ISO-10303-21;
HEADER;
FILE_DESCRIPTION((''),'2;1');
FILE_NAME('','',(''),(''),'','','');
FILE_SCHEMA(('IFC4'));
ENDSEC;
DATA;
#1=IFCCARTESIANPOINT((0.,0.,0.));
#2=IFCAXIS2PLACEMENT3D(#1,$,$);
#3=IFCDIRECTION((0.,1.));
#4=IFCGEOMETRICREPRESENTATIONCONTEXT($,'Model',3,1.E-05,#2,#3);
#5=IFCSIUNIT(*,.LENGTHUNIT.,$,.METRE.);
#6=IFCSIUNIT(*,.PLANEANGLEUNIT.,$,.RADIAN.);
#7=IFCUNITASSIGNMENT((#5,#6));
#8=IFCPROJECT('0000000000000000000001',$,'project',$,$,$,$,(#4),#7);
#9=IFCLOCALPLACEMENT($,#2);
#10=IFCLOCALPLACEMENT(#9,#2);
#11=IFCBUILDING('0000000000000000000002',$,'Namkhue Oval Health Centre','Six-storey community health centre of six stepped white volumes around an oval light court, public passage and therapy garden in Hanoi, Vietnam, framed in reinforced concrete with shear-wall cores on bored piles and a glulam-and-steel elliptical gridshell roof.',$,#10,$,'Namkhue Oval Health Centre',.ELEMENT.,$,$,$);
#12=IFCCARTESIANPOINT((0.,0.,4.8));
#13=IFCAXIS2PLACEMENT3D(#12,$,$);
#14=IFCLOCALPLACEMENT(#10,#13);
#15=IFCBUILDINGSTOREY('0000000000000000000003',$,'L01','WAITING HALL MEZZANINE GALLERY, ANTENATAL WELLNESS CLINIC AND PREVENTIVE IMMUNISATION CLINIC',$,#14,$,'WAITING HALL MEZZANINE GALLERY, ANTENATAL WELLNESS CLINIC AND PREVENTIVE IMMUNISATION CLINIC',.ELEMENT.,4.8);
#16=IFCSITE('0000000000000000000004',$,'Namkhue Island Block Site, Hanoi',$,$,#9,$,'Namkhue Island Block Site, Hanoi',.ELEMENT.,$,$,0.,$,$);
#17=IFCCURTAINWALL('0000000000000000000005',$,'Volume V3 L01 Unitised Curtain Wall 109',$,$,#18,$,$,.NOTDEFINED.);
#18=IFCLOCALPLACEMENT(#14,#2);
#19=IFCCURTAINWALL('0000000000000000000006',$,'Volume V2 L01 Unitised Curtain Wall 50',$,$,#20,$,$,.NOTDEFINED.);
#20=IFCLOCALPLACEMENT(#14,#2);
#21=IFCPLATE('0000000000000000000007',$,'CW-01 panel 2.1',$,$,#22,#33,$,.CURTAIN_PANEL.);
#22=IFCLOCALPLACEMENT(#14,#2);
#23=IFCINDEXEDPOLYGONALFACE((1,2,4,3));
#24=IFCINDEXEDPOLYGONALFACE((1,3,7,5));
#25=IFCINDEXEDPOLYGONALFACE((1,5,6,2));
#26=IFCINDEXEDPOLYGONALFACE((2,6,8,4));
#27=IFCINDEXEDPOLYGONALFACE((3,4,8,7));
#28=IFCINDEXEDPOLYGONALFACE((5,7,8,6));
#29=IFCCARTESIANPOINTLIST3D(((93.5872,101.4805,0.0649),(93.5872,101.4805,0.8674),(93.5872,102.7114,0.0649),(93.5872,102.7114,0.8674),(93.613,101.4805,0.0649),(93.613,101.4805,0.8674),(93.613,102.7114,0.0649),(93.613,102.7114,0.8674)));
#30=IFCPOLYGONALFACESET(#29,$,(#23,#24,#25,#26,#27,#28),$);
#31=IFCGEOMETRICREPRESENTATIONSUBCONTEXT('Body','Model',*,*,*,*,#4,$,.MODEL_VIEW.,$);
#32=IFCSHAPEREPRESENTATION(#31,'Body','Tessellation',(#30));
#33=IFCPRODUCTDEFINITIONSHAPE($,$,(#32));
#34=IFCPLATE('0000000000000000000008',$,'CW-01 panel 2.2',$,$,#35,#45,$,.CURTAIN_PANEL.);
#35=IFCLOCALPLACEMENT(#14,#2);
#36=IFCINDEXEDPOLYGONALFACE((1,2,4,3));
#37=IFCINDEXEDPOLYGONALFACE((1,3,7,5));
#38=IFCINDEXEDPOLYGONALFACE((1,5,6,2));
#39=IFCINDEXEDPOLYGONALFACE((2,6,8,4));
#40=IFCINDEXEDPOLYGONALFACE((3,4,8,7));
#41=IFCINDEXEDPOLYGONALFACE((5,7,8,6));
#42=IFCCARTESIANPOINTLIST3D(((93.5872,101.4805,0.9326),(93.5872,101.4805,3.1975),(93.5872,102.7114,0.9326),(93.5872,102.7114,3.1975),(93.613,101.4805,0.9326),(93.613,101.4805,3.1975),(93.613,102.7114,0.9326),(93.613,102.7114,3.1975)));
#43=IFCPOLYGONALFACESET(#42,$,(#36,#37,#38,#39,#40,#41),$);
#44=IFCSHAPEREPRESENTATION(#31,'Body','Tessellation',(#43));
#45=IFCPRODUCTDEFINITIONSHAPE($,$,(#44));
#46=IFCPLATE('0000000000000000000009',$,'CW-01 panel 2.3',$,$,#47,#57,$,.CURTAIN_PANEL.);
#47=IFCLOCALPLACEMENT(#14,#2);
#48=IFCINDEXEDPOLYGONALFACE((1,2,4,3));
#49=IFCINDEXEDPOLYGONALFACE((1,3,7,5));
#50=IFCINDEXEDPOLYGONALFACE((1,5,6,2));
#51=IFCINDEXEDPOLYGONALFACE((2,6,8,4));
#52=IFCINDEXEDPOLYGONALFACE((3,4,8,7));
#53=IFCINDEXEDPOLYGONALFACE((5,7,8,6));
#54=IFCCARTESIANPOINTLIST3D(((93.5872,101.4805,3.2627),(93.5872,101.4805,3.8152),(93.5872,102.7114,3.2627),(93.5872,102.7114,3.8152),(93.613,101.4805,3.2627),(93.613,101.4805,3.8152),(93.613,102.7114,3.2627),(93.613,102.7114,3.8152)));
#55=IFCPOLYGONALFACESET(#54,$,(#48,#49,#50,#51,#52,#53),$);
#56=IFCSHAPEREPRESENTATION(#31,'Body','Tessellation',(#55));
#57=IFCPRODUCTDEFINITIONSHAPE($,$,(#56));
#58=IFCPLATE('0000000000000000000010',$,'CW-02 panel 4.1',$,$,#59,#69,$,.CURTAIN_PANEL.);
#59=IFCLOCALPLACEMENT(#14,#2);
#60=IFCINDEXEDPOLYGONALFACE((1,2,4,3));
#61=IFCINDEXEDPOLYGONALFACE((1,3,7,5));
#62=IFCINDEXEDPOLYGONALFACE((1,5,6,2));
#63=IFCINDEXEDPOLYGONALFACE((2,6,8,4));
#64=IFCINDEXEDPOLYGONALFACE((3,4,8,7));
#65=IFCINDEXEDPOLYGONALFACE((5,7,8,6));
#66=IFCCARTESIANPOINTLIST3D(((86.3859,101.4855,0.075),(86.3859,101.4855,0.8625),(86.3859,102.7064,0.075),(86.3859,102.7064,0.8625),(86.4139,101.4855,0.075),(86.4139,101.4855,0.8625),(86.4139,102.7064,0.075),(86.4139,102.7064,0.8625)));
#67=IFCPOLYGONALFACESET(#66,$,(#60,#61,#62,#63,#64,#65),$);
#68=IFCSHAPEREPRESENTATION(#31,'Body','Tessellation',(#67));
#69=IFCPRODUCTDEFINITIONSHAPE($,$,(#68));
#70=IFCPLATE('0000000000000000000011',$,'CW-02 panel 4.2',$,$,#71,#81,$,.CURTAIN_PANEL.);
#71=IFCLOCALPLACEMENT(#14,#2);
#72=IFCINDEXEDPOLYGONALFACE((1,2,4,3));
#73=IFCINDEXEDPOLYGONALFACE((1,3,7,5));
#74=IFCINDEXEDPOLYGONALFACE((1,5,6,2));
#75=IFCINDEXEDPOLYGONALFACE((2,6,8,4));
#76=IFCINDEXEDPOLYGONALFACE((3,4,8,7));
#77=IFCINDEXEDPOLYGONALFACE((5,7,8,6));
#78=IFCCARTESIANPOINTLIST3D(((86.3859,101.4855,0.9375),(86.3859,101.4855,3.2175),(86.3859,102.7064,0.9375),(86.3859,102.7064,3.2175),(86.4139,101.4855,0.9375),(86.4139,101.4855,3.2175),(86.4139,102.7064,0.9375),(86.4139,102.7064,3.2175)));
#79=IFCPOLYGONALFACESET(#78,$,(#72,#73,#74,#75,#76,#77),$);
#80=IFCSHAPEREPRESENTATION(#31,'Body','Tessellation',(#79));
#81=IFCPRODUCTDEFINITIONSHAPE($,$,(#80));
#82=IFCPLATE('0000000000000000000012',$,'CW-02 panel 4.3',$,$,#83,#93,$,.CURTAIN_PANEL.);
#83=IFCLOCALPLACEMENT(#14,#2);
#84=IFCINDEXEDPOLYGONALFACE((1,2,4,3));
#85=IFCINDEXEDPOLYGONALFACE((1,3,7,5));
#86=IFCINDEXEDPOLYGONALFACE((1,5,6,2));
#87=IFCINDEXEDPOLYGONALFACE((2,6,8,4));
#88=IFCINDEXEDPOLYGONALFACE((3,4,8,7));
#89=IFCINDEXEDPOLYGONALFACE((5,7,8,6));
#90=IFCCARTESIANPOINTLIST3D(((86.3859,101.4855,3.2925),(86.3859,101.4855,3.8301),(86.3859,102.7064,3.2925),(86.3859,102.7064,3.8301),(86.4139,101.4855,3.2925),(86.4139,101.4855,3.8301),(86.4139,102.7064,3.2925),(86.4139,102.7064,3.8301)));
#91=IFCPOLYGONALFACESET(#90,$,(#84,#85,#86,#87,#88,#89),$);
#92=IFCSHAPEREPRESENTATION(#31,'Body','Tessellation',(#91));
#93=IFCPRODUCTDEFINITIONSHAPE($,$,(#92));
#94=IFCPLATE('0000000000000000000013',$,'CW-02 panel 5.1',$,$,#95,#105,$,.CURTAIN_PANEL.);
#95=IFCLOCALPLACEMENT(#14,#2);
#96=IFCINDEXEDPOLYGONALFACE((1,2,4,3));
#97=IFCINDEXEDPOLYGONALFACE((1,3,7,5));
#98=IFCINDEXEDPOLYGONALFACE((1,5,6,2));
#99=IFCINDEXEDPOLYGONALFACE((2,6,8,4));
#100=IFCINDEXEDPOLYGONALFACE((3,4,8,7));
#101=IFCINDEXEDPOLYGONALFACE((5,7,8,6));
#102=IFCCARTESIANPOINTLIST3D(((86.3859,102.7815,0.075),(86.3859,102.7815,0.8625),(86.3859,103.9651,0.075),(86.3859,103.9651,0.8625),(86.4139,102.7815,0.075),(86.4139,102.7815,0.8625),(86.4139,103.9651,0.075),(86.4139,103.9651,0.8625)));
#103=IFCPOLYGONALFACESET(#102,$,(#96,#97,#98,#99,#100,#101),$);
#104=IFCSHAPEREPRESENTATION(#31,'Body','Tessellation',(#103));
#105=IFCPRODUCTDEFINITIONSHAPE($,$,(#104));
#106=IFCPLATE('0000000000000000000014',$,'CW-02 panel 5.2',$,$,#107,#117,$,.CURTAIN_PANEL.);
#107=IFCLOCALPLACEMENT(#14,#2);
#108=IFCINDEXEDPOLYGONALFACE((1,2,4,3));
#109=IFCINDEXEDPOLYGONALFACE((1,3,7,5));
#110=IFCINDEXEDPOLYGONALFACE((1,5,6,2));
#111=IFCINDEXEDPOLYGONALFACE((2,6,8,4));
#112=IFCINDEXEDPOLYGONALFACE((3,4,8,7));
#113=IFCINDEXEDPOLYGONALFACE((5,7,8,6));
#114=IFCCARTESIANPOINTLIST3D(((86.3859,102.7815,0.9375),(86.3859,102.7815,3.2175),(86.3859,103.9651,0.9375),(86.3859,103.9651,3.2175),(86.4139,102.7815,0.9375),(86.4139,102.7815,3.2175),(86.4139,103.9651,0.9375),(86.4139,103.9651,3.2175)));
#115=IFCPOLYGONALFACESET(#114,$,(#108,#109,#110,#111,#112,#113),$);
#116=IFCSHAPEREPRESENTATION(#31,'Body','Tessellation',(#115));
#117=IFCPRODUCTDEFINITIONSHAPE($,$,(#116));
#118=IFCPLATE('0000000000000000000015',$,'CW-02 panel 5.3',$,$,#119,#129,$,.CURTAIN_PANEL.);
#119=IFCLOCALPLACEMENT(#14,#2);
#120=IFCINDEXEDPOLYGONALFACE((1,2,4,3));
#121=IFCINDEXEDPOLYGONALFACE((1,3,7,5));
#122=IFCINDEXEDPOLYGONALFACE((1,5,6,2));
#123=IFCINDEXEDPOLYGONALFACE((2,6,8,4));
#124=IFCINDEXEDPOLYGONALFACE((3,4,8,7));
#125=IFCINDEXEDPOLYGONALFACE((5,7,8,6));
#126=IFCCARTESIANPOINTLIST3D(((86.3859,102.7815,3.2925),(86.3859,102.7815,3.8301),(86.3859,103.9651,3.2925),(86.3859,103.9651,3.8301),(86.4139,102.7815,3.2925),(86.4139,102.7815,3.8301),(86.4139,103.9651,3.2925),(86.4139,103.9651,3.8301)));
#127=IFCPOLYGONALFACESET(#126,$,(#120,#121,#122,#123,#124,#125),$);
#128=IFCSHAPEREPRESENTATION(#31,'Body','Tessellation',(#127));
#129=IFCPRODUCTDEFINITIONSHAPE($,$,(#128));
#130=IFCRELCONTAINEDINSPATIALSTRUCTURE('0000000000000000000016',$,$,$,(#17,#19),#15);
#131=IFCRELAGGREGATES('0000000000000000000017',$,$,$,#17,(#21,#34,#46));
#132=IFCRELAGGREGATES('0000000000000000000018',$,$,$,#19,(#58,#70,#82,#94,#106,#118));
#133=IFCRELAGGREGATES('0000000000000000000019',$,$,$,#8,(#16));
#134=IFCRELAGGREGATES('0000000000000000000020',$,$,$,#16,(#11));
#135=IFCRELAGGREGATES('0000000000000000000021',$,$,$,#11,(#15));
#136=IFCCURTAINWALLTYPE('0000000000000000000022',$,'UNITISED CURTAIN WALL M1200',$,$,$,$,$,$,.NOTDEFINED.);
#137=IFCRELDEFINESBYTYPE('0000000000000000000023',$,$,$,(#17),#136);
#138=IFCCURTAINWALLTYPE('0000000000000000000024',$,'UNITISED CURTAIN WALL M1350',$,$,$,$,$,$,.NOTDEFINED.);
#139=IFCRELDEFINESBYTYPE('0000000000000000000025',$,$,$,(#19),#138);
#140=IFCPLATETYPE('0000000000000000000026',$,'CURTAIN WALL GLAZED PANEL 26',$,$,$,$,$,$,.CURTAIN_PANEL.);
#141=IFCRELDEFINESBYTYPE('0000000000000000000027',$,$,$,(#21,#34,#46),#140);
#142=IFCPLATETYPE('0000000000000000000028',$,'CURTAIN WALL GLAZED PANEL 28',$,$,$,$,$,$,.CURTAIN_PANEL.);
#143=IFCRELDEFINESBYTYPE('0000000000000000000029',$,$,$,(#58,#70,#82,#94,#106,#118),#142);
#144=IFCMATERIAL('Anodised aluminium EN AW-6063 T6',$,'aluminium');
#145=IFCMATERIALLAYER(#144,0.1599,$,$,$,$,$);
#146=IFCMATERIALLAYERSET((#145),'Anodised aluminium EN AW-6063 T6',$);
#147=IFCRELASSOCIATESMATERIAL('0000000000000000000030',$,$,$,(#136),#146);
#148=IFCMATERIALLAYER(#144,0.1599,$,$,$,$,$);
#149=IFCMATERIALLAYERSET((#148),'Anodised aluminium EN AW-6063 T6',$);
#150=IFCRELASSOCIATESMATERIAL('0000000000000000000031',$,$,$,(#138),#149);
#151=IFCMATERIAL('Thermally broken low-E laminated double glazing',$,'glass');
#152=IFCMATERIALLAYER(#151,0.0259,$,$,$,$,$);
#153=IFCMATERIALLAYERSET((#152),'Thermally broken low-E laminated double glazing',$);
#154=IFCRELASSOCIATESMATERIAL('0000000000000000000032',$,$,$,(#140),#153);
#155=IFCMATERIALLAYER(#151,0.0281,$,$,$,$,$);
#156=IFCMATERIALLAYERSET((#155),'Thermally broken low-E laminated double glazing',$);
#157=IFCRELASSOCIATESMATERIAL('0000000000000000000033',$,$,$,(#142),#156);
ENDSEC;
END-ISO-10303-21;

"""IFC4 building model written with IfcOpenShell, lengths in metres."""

from ifc_helpers import new_model, si_unit, direction, frame, origin, origin_2d, place, context, subcontext, project, spatial, rectangle, extrude, material, layer, layer_set, type_object, element, aggregate, save


model = new_model("IFC4")

# Units and contexts
model_context = context("Model", 3, precision=1e-05, world=origin(), true_north=direction((0.0, 1.0)))
body_context = subcontext(model_context, "Body", "Model", "MODEL_VIEW")
ifc_project = project(units=[si_unit("LENGTHUNIT", "METRE"), si_unit("PLANEANGLEUNIT", "RADIAN")], contexts=[model_context])

# Site, building, storey
site_placement = place(None, origin())
site = spatial("IfcSite", under=ifc_project, at=site_placement, Name="Namkhue Island Block Site, Hanoi", LongName="Namkhue Island Block Site, Hanoi", CompositionType="ELEMENT", RefElevation=0.0)
building_placement = place(site_placement, origin())
building = spatial("IfcBuilding", under=site, at=building_placement, Name="Namkhue Oval Health Centre", Description="Six-storey community health centre of six stepped white volumes around an oval light court, public passage and therapy garden in Hanoi, Vietnam, framed in reinforced concrete with shear-wall cores on bored piles and a glulam-and-steel elliptical gridshell roof.", LongName="Namkhue Oval Health Centre", CompositionType="ELEMENT")
storey_placement = place(building_placement, frame((0.0, 0.0, 4.8)))
storey = spatial("IfcBuildingStorey", under=building, at=storey_placement, Name="L01", Description="WAITING HALL MEZZANINE GALLERY, ANTENATAL WELLNESS CLINIC AND PREVENTIVE IMMUNISATION CLINIC", LongName="WAITING HALL MEZZANINE GALLERY, ANTENATAL WELLNESS CLINIC AND PREVENTIVE IMMUNISATION CLINIC", CompositionType="ELEMENT", Elevation=4.8)

# Curtain walls
ifc_material_1 = material(Name="Anodised aluminium EN AW-6063 T6", Category="aluminium")
ifc_layer_1 = layer(ifc_material_1, 0.1599)
ifc_layer_set_1 = layer_set([ifc_layer_1], Name="Anodised aluminium EN AW-6063 T6")
curtain_wall_type_1 = type_object("IfcCurtainWallType", Name="UNITISED CURTAIN WALL M1200", PredefinedType="NOTDEFINED", material=ifc_layer_set_1)
curtain_wall_1_placement = place(storey_placement, origin())
curtain_wall_1 = element("IfcCurtainWall", 1, at=curtain_wall_1_placement, inside=storey, type_object=curtain_wall_type_1, Name="Volume V3 L01 Unitised Curtain Wall 109", PredefinedType="NOTDEFINED")
ifc_layer_2 = layer(ifc_material_1, 0.1599)
ifc_layer_set_2 = layer_set([ifc_layer_2], Name="Anodised aluminium EN AW-6063 T6")
curtain_wall_type_2 = type_object("IfcCurtainWallType", Name="UNITISED CURTAIN WALL M1350", PredefinedType="NOTDEFINED", material=ifc_layer_set_2)
curtain_wall_2_placement = place(storey_placement, origin())
curtain_wall_2 = element("IfcCurtainWall", 2, at=curtain_wall_2_placement, inside=storey, type_object=curtain_wall_type_2, Name="Volume V2 L01 Unitised Curtain Wall 50", PredefinedType="NOTDEFINED")

# Plates
ifc_material_2 = material(Name="Thermally broken low-E laminated double glazing", Category="glass")
ifc_layer_3 = layer(ifc_material_2, 0.0259)
ifc_layer_set_3 = layer_set([ifc_layer_3], Name="Thermally broken low-E laminated double glazing")
plate_type_1 = type_object("IfcPlateType", Name="CURTAIN WALL GLAZED PANEL 26", PredefinedType="CURTAIN_PANEL", material=ifc_layer_set_3)
plate_1_placement = place(storey_placement, frame((93.6001, 102.0959, 0.0649), z_axis=(0.0, 0.0, 1.0), x_axis=(0.0, -1.0, 0.0)))
plate_1 = element("IfcPlate", 3, at=plate_1_placement, type_object=plate_type_1, Name="CW-01 panel 2.1", PredefinedType="CURTAIN_PANEL", context=body_context, shape_type="SweptSolid", body=[
    extrude(rectangle(XDim=1.231, YDim=0.0259, at=origin_2d()), origin(), (0.0, 0.0, 1.0), 0.8025),
])
plate_2_placement = place(storey_placement, frame((93.6001, 102.0959, 0.9326), z_axis=(0.0, 0.0, 1.0), x_axis=(0.0, -1.0, 0.0)))
plate_2 = element("IfcPlate", 4, at=plate_2_placement, type_object=plate_type_1, Name="CW-01 panel 2.2", PredefinedType="CURTAIN_PANEL", context=body_context, shape_type="SweptSolid", body=[
    extrude(rectangle(XDim=1.231, YDim=0.0259, at=origin_2d()), origin(), (0.0, 0.0, 1.0), 2.2649),
])
plate_3_placement = place(storey_placement, frame((93.6001, 102.0959, 3.2627), z_axis=(0.0, 0.0, 1.0), x_axis=(0.0, -1.0, 0.0)))
plate_3 = element("IfcPlate", 5, at=plate_3_placement, type_object=plate_type_1, Name="CW-01 panel 2.3", PredefinedType="CURTAIN_PANEL", context=body_context, shape_type="SweptSolid", body=[
    extrude(rectangle(XDim=1.231, YDim=0.0259, at=origin_2d()), origin(), (0.0, 0.0, 1.0), 0.5525),
])
aggregate(curtain_wall_1, [plate_1, plate_2, plate_3])
ifc_layer_4 = layer(ifc_material_2, 0.0281)
ifc_layer_set_4 = layer_set([ifc_layer_4], Name="Thermally broken low-E laminated double glazing")
plate_type_2 = type_object("IfcPlateType", Name="CURTAIN WALL GLAZED PANEL 28", PredefinedType="CURTAIN_PANEL", material=ifc_layer_set_4)
plate_4_placement = place(storey_placement, frame((86.3999, 102.0959, 0.075), z_axis=(0.0, 0.0, 1.0), x_axis=(0.0, 1.0, 0.0)))
plate_4 = element("IfcPlate", 6, at=plate_4_placement, type_object=plate_type_2, Name="CW-02 panel 4.1", PredefinedType="CURTAIN_PANEL", context=body_context, shape_type="SweptSolid", body=[
    extrude(rectangle(XDim=1.2209, YDim=0.0281, at=origin_2d()), origin(), (0.0, 0.0, 1.0), 0.7876),
])
plate_5_placement = place(storey_placement, frame((86.3999, 102.0959, 0.9375), z_axis=(0.0, 0.0, 1.0), x_axis=(0.0, 1.0, 0.0)))
plate_5 = element("IfcPlate", 7, at=plate_5_placement, type_object=plate_type_2, Name="CW-02 panel 4.2", PredefinedType="CURTAIN_PANEL", context=body_context, shape_type="SweptSolid", body=[
    extrude(rectangle(XDim=1.2209, YDim=0.0281, at=origin_2d()), origin(), (0.0, 0.0, 1.0), 2.28),
])
plate_6_placement = place(storey_placement, frame((86.3999, 102.0959, 3.2925), z_axis=(0.0, 0.0, 1.0), x_axis=(0.0, 1.0, 0.0)))
plate_6 = element("IfcPlate", 8, at=plate_6_placement, type_object=plate_type_2, Name="CW-02 panel 4.3", PredefinedType="CURTAIN_PANEL", context=body_context, shape_type="SweptSolid", body=[
    extrude(rectangle(XDim=1.2209, YDim=0.0281, at=origin_2d()), origin(), (0.0, 0.0, 1.0), 0.5376),
])
plate_7_placement = place(storey_placement, frame((86.3999, 103.3733, 0.075), z_axis=(0.0, 0.0, 1.0), x_axis=(0.0, 1.0, 0.0)))
plate_7 = element("IfcPlate", 9, at=plate_7_placement, type_object=plate_type_2, Name="CW-02 panel 5.1", PredefinedType="CURTAIN_PANEL", context=body_context, shape_type="SweptSolid", body=[
    extrude(rectangle(XDim=1.1836, YDim=0.0281, at=origin_2d()), origin(), (0.0, 0.0, 1.0), 0.7876),
])
plate_8_placement = place(storey_placement, frame((86.3999, 103.3733, 0.9375), z_axis=(0.0, 0.0, 1.0), x_axis=(0.0, 1.0, 0.0)))
plate_8 = element("IfcPlate", 10, at=plate_8_placement, type_object=plate_type_2, Name="CW-02 panel 5.2", PredefinedType="CURTAIN_PANEL", context=body_context, shape_type="SweptSolid", body=[
    extrude(rectangle(XDim=1.1836, YDim=0.0281, at=origin_2d()), origin(), (0.0, 0.0, 1.0), 2.28),
])
plate_9_placement = place(storey_placement, frame((86.3999, 103.3733, 3.2925), z_axis=(0.0, 0.0, 1.0), x_axis=(0.0, 1.0, 0.0)))
plate_9 = element("IfcPlate", 11, at=plate_9_placement, type_object=plate_type_2, Name="CW-02 panel 5.3", PredefinedType="CURTAIN_PANEL", context=body_context, shape_type="SweptSolid", body=[
    extrude(rectangle(XDim=1.1836, YDim=0.0281, at=origin_2d()), origin(), (0.0, 0.0, 1.0), 0.5376),
])
aggregate(curtain_wall_2, [plate_4, plate_5, plate_6, plate_7, plate_8, plate_9])

save(model, "model.ifc")
